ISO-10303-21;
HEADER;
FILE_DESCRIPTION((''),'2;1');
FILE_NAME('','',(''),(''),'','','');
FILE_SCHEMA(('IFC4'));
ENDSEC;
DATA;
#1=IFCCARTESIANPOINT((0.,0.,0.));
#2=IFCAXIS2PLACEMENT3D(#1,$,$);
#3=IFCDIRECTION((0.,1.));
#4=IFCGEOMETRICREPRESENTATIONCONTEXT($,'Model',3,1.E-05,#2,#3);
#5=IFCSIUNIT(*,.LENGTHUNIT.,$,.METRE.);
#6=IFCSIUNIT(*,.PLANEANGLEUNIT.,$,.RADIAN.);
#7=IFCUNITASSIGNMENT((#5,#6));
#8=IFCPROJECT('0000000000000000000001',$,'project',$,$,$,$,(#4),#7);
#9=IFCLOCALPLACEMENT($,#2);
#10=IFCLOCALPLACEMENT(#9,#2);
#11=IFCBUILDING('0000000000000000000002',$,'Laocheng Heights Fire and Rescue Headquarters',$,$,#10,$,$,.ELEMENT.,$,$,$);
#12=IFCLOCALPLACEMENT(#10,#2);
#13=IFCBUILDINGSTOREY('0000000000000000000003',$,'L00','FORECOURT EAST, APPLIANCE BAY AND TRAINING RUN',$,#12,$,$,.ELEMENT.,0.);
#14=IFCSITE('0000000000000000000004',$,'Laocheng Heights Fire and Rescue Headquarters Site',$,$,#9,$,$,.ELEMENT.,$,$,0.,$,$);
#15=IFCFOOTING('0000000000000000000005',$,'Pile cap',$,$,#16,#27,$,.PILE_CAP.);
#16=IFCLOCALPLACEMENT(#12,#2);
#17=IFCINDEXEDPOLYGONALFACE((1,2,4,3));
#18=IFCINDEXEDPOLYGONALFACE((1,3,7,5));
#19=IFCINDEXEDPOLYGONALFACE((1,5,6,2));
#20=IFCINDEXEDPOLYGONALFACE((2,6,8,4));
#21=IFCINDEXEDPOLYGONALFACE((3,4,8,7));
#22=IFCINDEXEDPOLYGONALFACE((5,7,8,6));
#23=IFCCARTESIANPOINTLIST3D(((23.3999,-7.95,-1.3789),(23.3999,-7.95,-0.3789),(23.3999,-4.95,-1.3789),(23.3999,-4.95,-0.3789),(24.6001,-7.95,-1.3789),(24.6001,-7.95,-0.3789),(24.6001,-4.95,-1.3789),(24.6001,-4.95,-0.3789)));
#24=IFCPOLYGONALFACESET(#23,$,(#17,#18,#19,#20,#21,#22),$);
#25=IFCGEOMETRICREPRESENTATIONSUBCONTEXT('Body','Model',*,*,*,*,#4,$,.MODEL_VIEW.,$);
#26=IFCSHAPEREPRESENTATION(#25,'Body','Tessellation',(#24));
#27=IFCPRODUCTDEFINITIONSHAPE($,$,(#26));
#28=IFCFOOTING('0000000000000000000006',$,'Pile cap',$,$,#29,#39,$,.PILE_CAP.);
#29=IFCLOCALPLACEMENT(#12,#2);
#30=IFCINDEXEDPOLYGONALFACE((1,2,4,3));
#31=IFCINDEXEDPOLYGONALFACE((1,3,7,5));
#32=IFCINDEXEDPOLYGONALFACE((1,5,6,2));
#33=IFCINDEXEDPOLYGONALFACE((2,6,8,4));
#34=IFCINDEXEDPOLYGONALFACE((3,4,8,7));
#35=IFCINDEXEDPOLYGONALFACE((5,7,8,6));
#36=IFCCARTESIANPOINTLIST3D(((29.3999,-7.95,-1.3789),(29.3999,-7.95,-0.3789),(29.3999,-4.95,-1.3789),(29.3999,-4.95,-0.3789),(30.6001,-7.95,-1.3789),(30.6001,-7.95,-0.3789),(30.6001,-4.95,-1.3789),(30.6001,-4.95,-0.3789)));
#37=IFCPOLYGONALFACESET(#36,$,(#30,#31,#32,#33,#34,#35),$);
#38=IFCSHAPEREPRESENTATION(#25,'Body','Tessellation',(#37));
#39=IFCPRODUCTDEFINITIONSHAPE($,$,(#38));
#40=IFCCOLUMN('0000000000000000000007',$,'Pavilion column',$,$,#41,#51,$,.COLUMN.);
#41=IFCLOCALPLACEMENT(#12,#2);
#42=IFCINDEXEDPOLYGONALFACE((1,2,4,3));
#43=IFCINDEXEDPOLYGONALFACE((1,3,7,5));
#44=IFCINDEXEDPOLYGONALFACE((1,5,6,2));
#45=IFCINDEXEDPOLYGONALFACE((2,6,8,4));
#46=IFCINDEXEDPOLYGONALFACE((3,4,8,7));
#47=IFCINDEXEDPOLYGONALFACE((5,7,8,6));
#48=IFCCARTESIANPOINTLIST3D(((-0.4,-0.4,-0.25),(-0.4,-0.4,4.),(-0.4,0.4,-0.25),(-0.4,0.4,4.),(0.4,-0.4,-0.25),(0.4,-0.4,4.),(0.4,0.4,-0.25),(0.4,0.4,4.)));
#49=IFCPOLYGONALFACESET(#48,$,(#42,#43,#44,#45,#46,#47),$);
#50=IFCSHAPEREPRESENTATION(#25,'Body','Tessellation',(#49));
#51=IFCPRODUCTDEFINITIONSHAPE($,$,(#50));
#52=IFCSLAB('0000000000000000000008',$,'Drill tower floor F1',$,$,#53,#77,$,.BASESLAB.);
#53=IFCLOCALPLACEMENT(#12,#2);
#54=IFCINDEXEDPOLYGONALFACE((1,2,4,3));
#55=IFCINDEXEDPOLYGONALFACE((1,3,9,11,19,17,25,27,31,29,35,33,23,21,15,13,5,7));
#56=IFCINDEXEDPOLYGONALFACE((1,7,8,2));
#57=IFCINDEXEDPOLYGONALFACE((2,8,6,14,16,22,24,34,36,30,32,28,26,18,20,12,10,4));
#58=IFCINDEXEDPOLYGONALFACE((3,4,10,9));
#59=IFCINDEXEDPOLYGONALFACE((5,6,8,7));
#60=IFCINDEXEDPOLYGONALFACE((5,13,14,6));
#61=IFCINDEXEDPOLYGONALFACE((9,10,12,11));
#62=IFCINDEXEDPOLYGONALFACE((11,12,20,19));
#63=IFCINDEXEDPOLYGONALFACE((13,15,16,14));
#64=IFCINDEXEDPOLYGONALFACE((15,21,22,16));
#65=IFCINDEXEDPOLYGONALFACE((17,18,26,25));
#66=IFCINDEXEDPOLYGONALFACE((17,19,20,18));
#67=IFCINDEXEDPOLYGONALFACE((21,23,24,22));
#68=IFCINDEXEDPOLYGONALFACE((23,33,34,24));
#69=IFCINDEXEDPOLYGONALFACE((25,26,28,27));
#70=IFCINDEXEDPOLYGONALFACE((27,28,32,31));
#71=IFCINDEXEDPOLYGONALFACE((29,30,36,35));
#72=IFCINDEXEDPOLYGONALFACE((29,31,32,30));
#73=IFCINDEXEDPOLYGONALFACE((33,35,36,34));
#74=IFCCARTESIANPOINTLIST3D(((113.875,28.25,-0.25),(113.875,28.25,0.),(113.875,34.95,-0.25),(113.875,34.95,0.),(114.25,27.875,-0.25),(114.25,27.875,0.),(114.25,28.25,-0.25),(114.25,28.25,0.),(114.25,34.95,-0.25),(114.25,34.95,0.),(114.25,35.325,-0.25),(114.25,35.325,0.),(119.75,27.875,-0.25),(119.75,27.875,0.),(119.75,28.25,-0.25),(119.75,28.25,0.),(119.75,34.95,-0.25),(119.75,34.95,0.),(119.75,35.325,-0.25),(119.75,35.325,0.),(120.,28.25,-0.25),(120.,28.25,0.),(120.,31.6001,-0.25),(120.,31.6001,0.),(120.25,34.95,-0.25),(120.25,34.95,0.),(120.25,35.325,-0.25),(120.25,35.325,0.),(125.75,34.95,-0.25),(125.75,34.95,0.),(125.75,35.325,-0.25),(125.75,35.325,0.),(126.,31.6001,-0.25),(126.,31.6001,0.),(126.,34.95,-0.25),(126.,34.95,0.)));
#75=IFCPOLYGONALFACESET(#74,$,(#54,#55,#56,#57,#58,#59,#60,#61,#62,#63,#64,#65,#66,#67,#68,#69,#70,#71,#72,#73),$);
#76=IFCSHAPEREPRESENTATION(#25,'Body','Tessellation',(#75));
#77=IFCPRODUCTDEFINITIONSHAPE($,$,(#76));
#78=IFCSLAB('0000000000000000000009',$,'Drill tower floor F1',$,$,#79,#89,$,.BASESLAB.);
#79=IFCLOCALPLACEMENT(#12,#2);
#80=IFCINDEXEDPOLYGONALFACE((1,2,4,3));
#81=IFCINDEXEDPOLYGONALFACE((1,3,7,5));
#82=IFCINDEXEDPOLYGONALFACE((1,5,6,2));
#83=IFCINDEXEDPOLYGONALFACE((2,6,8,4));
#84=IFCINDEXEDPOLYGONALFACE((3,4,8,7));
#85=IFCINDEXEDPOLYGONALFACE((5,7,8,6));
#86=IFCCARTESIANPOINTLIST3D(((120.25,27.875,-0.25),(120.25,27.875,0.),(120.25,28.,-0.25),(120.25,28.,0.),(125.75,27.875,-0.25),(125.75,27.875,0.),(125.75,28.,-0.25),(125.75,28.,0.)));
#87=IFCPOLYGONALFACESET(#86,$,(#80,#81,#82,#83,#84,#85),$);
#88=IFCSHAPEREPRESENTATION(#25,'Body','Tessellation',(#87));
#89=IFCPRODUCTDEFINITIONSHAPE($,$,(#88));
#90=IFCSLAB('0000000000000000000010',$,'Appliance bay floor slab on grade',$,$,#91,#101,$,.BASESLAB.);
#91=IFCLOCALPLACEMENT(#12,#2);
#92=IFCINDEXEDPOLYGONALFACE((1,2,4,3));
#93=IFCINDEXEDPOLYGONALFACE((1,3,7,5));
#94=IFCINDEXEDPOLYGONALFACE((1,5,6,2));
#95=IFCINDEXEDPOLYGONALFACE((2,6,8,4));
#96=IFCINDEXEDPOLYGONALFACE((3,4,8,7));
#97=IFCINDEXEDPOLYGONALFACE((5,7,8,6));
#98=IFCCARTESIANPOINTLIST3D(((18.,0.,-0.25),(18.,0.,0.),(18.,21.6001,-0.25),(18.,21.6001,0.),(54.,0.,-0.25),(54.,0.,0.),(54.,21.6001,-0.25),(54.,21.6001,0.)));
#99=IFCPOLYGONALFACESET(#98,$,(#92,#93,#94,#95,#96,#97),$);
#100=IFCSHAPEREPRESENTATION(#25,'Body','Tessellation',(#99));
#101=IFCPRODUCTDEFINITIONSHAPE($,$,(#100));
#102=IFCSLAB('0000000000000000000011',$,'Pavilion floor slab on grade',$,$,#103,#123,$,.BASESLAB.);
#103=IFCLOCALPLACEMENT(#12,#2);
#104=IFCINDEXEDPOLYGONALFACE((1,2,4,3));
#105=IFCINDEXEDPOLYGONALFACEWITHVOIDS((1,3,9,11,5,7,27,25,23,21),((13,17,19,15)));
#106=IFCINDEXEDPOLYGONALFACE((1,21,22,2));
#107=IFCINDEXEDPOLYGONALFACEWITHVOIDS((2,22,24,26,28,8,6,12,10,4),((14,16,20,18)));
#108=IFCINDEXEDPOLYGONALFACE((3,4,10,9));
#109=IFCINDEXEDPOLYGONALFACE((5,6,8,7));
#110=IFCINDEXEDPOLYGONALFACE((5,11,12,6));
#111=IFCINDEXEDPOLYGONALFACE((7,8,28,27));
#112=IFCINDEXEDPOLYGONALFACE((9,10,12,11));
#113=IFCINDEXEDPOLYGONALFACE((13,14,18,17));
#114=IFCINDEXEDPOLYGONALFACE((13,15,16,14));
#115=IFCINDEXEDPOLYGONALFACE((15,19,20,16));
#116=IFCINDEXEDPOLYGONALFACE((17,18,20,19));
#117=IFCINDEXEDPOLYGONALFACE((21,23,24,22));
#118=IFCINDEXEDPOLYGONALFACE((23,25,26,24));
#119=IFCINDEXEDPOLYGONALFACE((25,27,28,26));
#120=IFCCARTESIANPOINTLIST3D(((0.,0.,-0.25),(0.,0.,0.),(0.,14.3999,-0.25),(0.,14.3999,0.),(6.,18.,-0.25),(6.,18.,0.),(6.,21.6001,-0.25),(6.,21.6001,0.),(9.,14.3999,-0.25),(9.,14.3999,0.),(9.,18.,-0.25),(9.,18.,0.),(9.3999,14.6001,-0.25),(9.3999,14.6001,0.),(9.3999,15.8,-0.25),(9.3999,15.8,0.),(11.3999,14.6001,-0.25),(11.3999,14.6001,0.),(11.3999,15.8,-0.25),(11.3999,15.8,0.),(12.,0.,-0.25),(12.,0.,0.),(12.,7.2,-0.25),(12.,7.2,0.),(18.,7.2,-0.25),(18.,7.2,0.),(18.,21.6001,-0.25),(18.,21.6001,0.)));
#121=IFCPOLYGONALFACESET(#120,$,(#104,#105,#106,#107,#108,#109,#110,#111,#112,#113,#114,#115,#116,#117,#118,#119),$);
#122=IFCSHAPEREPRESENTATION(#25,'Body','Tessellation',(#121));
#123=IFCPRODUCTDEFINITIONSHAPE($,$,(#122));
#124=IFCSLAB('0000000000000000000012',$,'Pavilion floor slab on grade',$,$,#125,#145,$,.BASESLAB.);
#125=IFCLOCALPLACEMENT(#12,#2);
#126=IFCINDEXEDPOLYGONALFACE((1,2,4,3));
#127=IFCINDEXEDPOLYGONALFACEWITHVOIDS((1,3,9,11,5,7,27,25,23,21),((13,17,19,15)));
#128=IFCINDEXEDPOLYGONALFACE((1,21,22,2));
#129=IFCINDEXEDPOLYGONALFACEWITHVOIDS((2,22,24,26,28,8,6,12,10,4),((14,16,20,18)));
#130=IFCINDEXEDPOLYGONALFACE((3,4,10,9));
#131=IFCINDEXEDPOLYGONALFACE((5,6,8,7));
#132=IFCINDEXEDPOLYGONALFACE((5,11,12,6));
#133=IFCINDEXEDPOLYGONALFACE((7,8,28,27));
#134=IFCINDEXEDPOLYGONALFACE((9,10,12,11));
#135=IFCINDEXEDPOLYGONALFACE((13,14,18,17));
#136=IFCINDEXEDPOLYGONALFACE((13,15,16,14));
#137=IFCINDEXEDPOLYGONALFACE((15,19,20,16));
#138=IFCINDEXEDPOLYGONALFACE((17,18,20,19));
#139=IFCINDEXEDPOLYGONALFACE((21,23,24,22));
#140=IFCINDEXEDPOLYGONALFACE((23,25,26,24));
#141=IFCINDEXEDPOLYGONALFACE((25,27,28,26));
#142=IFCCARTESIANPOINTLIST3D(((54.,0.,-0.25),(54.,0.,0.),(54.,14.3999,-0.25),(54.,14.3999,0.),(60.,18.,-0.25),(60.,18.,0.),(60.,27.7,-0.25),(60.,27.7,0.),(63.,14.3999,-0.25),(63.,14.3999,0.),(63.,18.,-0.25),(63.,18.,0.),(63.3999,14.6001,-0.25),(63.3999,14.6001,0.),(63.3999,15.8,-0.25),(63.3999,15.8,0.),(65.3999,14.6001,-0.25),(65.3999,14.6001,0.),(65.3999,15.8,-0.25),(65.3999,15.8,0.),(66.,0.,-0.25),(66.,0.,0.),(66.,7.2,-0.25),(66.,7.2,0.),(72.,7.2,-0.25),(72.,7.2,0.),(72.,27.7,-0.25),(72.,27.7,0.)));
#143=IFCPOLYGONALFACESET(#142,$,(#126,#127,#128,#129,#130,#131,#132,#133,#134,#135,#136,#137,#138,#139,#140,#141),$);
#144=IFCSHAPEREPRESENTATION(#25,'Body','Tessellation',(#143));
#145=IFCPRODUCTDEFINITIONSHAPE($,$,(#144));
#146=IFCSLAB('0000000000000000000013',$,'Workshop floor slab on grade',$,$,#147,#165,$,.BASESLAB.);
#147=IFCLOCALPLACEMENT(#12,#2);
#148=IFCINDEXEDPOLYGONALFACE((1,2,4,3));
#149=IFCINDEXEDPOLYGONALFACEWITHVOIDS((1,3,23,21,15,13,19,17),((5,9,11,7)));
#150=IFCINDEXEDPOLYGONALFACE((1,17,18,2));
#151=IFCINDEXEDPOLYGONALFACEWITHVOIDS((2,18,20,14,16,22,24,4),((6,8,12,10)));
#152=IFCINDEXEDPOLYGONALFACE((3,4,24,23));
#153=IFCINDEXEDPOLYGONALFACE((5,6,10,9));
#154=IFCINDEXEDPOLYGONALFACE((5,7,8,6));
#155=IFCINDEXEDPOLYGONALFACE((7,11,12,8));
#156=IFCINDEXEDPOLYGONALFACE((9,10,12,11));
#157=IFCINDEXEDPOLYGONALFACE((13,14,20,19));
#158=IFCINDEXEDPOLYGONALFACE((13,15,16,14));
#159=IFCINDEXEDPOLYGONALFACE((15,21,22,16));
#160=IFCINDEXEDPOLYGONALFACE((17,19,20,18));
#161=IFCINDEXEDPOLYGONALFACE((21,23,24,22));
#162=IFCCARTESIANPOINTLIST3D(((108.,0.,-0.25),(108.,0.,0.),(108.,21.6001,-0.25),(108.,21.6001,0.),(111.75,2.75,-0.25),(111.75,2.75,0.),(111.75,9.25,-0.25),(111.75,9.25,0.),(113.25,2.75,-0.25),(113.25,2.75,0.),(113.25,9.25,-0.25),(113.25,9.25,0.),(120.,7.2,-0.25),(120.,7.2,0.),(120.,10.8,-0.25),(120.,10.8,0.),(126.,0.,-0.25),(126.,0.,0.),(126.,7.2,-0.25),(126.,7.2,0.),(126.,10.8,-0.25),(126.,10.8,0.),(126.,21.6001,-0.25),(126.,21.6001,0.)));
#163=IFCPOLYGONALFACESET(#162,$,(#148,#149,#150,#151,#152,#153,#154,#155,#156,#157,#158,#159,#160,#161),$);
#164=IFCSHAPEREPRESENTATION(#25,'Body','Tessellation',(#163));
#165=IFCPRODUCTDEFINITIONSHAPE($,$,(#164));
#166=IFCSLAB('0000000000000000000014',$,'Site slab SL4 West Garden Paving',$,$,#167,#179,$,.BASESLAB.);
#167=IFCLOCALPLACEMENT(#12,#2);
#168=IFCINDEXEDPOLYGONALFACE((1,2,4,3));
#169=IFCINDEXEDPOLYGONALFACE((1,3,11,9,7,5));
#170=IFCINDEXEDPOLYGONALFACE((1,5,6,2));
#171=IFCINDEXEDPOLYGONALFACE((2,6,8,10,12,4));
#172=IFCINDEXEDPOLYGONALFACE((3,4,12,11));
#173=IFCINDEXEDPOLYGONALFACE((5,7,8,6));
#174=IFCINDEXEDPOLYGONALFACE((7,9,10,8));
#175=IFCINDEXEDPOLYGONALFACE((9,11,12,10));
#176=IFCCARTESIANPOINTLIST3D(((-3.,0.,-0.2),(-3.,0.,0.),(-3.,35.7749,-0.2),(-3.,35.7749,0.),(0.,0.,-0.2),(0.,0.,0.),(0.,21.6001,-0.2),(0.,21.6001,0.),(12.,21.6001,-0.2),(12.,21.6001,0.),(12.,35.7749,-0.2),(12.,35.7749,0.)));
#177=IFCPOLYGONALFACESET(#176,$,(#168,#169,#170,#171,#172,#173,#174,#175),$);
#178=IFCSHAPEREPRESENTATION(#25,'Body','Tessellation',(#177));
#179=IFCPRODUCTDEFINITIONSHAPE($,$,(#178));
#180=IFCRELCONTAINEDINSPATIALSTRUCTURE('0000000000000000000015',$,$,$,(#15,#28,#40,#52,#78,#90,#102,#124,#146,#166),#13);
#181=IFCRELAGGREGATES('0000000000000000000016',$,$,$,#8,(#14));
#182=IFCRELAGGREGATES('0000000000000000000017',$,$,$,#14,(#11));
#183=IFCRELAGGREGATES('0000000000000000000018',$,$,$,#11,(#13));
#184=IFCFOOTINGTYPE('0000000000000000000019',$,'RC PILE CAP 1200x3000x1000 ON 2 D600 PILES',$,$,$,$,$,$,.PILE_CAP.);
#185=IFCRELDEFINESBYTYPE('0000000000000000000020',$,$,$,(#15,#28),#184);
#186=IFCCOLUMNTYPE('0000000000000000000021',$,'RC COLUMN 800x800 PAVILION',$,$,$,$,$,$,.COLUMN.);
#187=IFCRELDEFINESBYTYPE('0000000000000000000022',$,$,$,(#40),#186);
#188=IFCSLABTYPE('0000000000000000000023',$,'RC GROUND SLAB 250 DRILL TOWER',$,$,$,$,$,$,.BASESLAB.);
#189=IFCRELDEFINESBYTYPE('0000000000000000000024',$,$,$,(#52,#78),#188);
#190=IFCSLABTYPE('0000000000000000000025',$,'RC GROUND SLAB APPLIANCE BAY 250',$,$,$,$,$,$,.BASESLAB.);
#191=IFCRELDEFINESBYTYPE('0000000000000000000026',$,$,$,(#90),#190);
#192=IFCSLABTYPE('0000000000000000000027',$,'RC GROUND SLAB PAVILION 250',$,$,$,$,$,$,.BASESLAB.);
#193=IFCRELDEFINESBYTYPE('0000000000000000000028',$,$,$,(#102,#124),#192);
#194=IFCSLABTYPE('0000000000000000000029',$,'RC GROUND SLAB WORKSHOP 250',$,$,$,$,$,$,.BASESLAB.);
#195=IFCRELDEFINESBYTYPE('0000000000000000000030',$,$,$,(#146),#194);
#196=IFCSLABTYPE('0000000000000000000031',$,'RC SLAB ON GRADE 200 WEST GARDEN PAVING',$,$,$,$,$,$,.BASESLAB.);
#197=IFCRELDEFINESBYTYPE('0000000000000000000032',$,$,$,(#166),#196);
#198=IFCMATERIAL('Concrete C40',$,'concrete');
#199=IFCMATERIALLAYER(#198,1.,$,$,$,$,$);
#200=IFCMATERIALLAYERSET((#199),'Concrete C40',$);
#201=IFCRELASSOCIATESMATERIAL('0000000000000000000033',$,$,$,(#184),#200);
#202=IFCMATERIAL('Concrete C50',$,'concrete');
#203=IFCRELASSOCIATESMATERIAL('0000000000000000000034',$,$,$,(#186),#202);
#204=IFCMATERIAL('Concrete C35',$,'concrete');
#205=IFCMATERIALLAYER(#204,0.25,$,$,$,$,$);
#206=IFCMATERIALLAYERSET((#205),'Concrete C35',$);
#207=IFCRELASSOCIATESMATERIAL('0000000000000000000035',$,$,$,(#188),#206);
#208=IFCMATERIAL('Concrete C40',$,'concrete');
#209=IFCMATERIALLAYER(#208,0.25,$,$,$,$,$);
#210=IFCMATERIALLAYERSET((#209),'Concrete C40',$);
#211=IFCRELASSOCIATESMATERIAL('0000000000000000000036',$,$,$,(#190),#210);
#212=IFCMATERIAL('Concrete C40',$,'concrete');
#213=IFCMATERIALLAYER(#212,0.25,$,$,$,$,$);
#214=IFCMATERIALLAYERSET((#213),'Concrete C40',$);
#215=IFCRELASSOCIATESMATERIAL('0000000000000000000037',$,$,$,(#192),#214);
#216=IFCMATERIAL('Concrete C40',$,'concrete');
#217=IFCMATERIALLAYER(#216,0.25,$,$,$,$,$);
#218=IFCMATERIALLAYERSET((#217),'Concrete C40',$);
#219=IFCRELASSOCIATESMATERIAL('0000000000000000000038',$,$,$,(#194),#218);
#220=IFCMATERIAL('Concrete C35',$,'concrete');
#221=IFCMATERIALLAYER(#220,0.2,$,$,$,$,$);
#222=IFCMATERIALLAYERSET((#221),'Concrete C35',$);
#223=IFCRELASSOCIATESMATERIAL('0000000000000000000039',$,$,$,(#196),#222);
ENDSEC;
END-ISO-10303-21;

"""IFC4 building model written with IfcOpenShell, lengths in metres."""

from ifc_helpers import new_model, si_unit, direction, frame, origin, origin_2d, place, context, subcontext, project, spatial, polyline, rectangle, outline, extrude, material, layer, layer_set, material_profile, profile_set, type_object, element, save


model = new_model("IFC4")

# Units and contexts
model_context = context("Model", 3, precision=1e-05, world=origin(), true_north=direction((0.0, 1.0)))
body_context = subcontext(model_context, "Body", "Model", "MODEL_VIEW")
ifc_project = project(units=[si_unit("LENGTHUNIT", "METRE"), si_unit("PLANEANGLEUNIT", "RADIAN")], contexts=[model_context])

# Site, building, storey
site_placement = place(None, origin())
site = spatial("IfcSite", under=ifc_project, at=site_placement, Name="Laocheng Heights Fire and Rescue Headquarters Site", CompositionType="ELEMENT", RefElevation=0.0)
building_placement = place(site_placement, origin())
building = spatial("IfcBuilding", under=site, at=building_placement, Name="Laocheng Heights Fire and Rescue Headquarters", CompositionType="ELEMENT")
storey_placement = place(building_placement, origin())
storey = spatial("IfcBuildingStorey", under=building, at=storey_placement, Name="L00", Description="FORECOURT EAST, APPLIANCE BAY AND TRAINING RUN", CompositionType="ELEMENT", Elevation=0.0)

# Footings
ifc_material_1 = material(Name="Concrete C40", Category="concrete")
ifc_layer_1 = layer(ifc_material_1, 1.0)
ifc_layer_set_1 = layer_set([ifc_layer_1], Name="Concrete C40")
footing_type = type_object("IfcFootingType", Name="RC PILE CAP 1200x3000x1000 ON 2 D600 PILES", PredefinedType="PILE_CAP", material=ifc_layer_set_1)
footing_1_placement = place(storey_placement, frame((0.0, 0.0, -1.3789)))
element("IfcFooting", 1, at=footing_1_placement, inside=storey, type_object=footing_type, Name="Pile cap", PredefinedType="PILE_CAP", context=body_context, shape_type="SweptSolid", body=[
    extrude(outline(polyline([(24.6001, -7.95), (24.6001, -4.95), (23.3999, -4.95), (23.3999, -7.95), (24.6001, -7.95)])), origin(), (0.0, 0.0, 1.0), 1.0),
])
footing_2_placement = place(storey_placement, frame((0.0, 0.0, -1.3789)))
element("IfcFooting", 2, at=footing_2_placement, inside=storey, type_object=footing_type, Name="Pile cap", PredefinedType="PILE_CAP", context=body_context, shape_type="SweptSolid", body=[
    extrude(outline(polyline([(30.6001, -7.95), (30.6001, -4.95), (29.3999, -4.95), (29.3999, -7.95), (30.6001, -7.95)])), origin(), (0.0, 0.0, 1.0), 1.0),
])

# Column
ifc_material_2 = material(Name="Concrete C50", Category="concrete")
ifc_material_profile = material_profile(ifc_material_2, rectangle(XDim=0.8, YDim=0.8, at=origin_2d()), Name="RC COLUMN 800x800 PAVILION")
ifc_profile_set = profile_set([ifc_material_profile], Name="Concrete C50")
column_type = type_object("IfcColumnType", Name="RC COLUMN 800x800 PAVILION", PredefinedType="COLUMN", material=ifc_profile_set)
column_placement = place(storey_placement, frame((0.0, 0.0, -0.25), z_axis=(0.0, 0.0, 1.0), x_axis=(1.0, 0.0, 0.0)))
element("IfcColumn", 3, at=column_placement, inside=storey, type_object=column_type, Name="Pavilion column", PredefinedType="COLUMN", context=body_context, shape_type="SweptSolid", body=[
    extrude(rectangle(XDim=0.8, YDim=0.8, at=origin_2d()), origin(), (0.0, 0.0, 1.0), 4.25),
])

# Slabs
ifc_material_3 = material(Name="Concrete C35", Category="concrete")
ifc_layer_2 = layer(ifc_material_3, 0.25)
ifc_layer_set_2 = layer_set([ifc_layer_2], Name="Concrete C35")
slab_type_1 = type_object("IfcSlabType", Name="RC GROUND SLAB 250 DRILL TOWER", PredefinedType="BASESLAB", material=ifc_layer_set_2)
slab_1_placement = place(storey_placement, frame((0.0, 0.0, -0.25)))
element("IfcSlab", 4, at=slab_1_placement, inside=storey, type_object=slab_type_1, Name="Drill tower floor F1", PredefinedType="BASESLAB", context=body_context, shape_type="SweptSolid", body=[
    extrude(outline(polyline([(126.0, 31.6001), (126.0, 34.95), (125.75, 34.95), (125.75, 35.325), (120.25, 35.325), (120.25, 34.95), (119.75, 34.95), (119.75, 35.325), (114.25, 35.325), (114.25, 34.95), (113.875, 34.95), (113.875, 28.25), (114.25, 28.25), (114.25, 27.875), (119.75, 27.875), (119.75, 28.25), (120.0, 28.25), (120.0, 31.6001), (126.0, 31.6001)])), origin(), (0.0, 0.0, 1.0), 0.25),
])
slab_2_placement = place(storey_placement, frame((0.0, 0.0, -0.25)))
element("IfcSlab", 5, at=slab_2_placement, inside=storey, type_object=slab_type_1, Name="Drill tower floor F1", PredefinedType="BASESLAB", context=body_context, shape_type="SweptSolid", body=[
    extrude(outline(polyline([(120.25, 27.875), (125.75, 27.875), (125.75, 28.0), (120.25, 28.0), (120.25, 27.875)])), origin(), (0.0, 0.0, 1.0), 0.25),
])
ifc_material_4 = material(Name="Concrete C40", Category="concrete")
ifc_layer_3 = layer(ifc_material_4, 0.25)
ifc_layer_set_3 = layer_set([ifc_layer_3], Name="Concrete C40")
slab_type_2 = type_object("IfcSlabType", Name="RC GROUND SLAB APPLIANCE BAY 250", PredefinedType="BASESLAB", material=ifc_layer_set_3)
slab_3_placement = place(storey_placement, frame((0.0, 0.0, -0.25)))
element("IfcSlab", 6, at=slab_3_placement, inside=storey, type_object=slab_type_2, Name="Appliance bay floor slab on grade", PredefinedType="BASESLAB", context=body_context, shape_type="SweptSolid", body=[
    extrude(outline(polyline([(54.0, 0.0), (54.0, 21.6001), (18.0, 21.6001), (18.0, 0.0), (54.0, 0.0)])), origin(), (0.0, 0.0, 1.0), 0.25),
])
ifc_material_5 = material(Name="Concrete C40", Category="concrete")
ifc_layer_4 = layer(ifc_material_5, 0.25)
ifc_layer_set_4 = layer_set([ifc_layer_4], Name="Concrete C40")
slab_type_3 = type_object("IfcSlabType", Name="RC GROUND SLAB PAVILION 250", PredefinedType="BASESLAB", material=ifc_layer_set_4)
slab_4_placement = place(storey_placement, frame((0.0, 0.0, -0.25)))
element("IfcSlab", 7, at=slab_4_placement, inside=storey, type_object=slab_type_3, Name="Pavilion floor slab on grade", PredefinedType="BASESLAB", context=body_context, shape_type="SweptSolid", body=[
    extrude(outline(polyline([(18.0, 7.2), (18.0, 21.6001), (6.0, 21.6001), (6.0, 18.0), (9.0, 18.0), (9.0, 14.3999), (0.0, 14.3999), (0.0, 0.0), (12.0, 0.0), (12.0, 7.2), (18.0, 7.2)]), holes=[polyline([(9.3999, 15.8), (11.3999, 15.8), (11.3999, 14.6001), (9.3999, 14.6001), (9.3999, 15.8)])]), origin(), (0.0, 0.0, 1.0), 0.25),
])
slab_5_placement = place(storey_placement, frame((0.0, 0.0, -0.25)))
element("IfcSlab", 8, at=slab_5_placement, inside=storey, type_object=slab_type_3, Name="Pavilion floor slab on grade", PredefinedType="BASESLAB", context=body_context, shape_type="SweptSolid", body=[
    extrude(outline(polyline([(54.0, 0.0), (66.0, 0.0), (66.0, 7.2), (72.0, 7.2), (72.0, 27.7), (60.0, 27.7), (60.0, 18.0), (63.0, 18.0), (63.0, 14.3999), (54.0, 14.3999), (54.0, 0.0)]), holes=[polyline([(63.3999, 15.8), (65.3999, 15.8), (65.3999, 14.6001), (63.3999, 14.6001), (63.3999, 15.8)])]), origin(), (0.0, 0.0, 1.0), 0.25),
])
ifc_material_6 = material(Name="Concrete C40", Category="concrete")
ifc_layer_5 = layer(ifc_material_6, 0.25)
ifc_layer_set_5 = layer_set([ifc_layer_5], Name="Concrete C40")
slab_type_4 = type_object("IfcSlabType", Name="RC GROUND SLAB WORKSHOP 250", PredefinedType="BASESLAB", material=ifc_layer_set_5)
slab_6_placement = place(storey_placement, frame((0.0, 0.0, -0.25)))
element("IfcSlab", 9, at=slab_6_placement, inside=storey, type_object=slab_type_4, Name="Workshop floor slab on grade", PredefinedType="BASESLAB", context=body_context, shape_type="SweptSolid", body=[
    extrude(outline(polyline([(126.0, 0.0), (126.0, 7.2), (120.0, 7.2), (120.0, 10.8), (126.0, 10.8), (126.0, 21.6001), (108.0, 21.6001), (108.0, 0.0), (126.0, 0.0)]), holes=[polyline([(113.25, 9.25), (113.25, 2.75), (111.75, 2.75), (111.75, 9.25), (113.25, 9.25)])]), origin(), (0.0, 0.0, 1.0), 0.25),
])
ifc_material_7 = material(Name="Concrete C35", Category="concrete")
ifc_layer_6 = layer(ifc_material_7, 0.2)
ifc_layer_set_6 = layer_set([ifc_layer_6], Name="Concrete C35")
slab_type_5 = type_object("IfcSlabType", Name="RC SLAB ON GRADE 200 WEST GARDEN PAVING", PredefinedType="BASESLAB", material=ifc_layer_set_6)
slab_7_placement = place(storey_placement, frame((0.0, 0.0, -0.2)))
element("IfcSlab", 10, at=slab_7_placement, inside=storey, type_object=slab_type_5, Name="Site slab SL4 West Garden Paving", PredefinedType="BASESLAB", context=body_context, shape_type="SweptSolid", body=[
    extrude(outline(polyline([(-3.0, 0.0), (0.0, 0.0), (0.0, 21.6001), (12.0, 21.6001), (12.0, 35.7749), (-3.0, 35.7749), (-3.0, 0.0)])), origin(), (0.0, 0.0, 1.0), 0.2),
])

save(model, "model.ifc")
